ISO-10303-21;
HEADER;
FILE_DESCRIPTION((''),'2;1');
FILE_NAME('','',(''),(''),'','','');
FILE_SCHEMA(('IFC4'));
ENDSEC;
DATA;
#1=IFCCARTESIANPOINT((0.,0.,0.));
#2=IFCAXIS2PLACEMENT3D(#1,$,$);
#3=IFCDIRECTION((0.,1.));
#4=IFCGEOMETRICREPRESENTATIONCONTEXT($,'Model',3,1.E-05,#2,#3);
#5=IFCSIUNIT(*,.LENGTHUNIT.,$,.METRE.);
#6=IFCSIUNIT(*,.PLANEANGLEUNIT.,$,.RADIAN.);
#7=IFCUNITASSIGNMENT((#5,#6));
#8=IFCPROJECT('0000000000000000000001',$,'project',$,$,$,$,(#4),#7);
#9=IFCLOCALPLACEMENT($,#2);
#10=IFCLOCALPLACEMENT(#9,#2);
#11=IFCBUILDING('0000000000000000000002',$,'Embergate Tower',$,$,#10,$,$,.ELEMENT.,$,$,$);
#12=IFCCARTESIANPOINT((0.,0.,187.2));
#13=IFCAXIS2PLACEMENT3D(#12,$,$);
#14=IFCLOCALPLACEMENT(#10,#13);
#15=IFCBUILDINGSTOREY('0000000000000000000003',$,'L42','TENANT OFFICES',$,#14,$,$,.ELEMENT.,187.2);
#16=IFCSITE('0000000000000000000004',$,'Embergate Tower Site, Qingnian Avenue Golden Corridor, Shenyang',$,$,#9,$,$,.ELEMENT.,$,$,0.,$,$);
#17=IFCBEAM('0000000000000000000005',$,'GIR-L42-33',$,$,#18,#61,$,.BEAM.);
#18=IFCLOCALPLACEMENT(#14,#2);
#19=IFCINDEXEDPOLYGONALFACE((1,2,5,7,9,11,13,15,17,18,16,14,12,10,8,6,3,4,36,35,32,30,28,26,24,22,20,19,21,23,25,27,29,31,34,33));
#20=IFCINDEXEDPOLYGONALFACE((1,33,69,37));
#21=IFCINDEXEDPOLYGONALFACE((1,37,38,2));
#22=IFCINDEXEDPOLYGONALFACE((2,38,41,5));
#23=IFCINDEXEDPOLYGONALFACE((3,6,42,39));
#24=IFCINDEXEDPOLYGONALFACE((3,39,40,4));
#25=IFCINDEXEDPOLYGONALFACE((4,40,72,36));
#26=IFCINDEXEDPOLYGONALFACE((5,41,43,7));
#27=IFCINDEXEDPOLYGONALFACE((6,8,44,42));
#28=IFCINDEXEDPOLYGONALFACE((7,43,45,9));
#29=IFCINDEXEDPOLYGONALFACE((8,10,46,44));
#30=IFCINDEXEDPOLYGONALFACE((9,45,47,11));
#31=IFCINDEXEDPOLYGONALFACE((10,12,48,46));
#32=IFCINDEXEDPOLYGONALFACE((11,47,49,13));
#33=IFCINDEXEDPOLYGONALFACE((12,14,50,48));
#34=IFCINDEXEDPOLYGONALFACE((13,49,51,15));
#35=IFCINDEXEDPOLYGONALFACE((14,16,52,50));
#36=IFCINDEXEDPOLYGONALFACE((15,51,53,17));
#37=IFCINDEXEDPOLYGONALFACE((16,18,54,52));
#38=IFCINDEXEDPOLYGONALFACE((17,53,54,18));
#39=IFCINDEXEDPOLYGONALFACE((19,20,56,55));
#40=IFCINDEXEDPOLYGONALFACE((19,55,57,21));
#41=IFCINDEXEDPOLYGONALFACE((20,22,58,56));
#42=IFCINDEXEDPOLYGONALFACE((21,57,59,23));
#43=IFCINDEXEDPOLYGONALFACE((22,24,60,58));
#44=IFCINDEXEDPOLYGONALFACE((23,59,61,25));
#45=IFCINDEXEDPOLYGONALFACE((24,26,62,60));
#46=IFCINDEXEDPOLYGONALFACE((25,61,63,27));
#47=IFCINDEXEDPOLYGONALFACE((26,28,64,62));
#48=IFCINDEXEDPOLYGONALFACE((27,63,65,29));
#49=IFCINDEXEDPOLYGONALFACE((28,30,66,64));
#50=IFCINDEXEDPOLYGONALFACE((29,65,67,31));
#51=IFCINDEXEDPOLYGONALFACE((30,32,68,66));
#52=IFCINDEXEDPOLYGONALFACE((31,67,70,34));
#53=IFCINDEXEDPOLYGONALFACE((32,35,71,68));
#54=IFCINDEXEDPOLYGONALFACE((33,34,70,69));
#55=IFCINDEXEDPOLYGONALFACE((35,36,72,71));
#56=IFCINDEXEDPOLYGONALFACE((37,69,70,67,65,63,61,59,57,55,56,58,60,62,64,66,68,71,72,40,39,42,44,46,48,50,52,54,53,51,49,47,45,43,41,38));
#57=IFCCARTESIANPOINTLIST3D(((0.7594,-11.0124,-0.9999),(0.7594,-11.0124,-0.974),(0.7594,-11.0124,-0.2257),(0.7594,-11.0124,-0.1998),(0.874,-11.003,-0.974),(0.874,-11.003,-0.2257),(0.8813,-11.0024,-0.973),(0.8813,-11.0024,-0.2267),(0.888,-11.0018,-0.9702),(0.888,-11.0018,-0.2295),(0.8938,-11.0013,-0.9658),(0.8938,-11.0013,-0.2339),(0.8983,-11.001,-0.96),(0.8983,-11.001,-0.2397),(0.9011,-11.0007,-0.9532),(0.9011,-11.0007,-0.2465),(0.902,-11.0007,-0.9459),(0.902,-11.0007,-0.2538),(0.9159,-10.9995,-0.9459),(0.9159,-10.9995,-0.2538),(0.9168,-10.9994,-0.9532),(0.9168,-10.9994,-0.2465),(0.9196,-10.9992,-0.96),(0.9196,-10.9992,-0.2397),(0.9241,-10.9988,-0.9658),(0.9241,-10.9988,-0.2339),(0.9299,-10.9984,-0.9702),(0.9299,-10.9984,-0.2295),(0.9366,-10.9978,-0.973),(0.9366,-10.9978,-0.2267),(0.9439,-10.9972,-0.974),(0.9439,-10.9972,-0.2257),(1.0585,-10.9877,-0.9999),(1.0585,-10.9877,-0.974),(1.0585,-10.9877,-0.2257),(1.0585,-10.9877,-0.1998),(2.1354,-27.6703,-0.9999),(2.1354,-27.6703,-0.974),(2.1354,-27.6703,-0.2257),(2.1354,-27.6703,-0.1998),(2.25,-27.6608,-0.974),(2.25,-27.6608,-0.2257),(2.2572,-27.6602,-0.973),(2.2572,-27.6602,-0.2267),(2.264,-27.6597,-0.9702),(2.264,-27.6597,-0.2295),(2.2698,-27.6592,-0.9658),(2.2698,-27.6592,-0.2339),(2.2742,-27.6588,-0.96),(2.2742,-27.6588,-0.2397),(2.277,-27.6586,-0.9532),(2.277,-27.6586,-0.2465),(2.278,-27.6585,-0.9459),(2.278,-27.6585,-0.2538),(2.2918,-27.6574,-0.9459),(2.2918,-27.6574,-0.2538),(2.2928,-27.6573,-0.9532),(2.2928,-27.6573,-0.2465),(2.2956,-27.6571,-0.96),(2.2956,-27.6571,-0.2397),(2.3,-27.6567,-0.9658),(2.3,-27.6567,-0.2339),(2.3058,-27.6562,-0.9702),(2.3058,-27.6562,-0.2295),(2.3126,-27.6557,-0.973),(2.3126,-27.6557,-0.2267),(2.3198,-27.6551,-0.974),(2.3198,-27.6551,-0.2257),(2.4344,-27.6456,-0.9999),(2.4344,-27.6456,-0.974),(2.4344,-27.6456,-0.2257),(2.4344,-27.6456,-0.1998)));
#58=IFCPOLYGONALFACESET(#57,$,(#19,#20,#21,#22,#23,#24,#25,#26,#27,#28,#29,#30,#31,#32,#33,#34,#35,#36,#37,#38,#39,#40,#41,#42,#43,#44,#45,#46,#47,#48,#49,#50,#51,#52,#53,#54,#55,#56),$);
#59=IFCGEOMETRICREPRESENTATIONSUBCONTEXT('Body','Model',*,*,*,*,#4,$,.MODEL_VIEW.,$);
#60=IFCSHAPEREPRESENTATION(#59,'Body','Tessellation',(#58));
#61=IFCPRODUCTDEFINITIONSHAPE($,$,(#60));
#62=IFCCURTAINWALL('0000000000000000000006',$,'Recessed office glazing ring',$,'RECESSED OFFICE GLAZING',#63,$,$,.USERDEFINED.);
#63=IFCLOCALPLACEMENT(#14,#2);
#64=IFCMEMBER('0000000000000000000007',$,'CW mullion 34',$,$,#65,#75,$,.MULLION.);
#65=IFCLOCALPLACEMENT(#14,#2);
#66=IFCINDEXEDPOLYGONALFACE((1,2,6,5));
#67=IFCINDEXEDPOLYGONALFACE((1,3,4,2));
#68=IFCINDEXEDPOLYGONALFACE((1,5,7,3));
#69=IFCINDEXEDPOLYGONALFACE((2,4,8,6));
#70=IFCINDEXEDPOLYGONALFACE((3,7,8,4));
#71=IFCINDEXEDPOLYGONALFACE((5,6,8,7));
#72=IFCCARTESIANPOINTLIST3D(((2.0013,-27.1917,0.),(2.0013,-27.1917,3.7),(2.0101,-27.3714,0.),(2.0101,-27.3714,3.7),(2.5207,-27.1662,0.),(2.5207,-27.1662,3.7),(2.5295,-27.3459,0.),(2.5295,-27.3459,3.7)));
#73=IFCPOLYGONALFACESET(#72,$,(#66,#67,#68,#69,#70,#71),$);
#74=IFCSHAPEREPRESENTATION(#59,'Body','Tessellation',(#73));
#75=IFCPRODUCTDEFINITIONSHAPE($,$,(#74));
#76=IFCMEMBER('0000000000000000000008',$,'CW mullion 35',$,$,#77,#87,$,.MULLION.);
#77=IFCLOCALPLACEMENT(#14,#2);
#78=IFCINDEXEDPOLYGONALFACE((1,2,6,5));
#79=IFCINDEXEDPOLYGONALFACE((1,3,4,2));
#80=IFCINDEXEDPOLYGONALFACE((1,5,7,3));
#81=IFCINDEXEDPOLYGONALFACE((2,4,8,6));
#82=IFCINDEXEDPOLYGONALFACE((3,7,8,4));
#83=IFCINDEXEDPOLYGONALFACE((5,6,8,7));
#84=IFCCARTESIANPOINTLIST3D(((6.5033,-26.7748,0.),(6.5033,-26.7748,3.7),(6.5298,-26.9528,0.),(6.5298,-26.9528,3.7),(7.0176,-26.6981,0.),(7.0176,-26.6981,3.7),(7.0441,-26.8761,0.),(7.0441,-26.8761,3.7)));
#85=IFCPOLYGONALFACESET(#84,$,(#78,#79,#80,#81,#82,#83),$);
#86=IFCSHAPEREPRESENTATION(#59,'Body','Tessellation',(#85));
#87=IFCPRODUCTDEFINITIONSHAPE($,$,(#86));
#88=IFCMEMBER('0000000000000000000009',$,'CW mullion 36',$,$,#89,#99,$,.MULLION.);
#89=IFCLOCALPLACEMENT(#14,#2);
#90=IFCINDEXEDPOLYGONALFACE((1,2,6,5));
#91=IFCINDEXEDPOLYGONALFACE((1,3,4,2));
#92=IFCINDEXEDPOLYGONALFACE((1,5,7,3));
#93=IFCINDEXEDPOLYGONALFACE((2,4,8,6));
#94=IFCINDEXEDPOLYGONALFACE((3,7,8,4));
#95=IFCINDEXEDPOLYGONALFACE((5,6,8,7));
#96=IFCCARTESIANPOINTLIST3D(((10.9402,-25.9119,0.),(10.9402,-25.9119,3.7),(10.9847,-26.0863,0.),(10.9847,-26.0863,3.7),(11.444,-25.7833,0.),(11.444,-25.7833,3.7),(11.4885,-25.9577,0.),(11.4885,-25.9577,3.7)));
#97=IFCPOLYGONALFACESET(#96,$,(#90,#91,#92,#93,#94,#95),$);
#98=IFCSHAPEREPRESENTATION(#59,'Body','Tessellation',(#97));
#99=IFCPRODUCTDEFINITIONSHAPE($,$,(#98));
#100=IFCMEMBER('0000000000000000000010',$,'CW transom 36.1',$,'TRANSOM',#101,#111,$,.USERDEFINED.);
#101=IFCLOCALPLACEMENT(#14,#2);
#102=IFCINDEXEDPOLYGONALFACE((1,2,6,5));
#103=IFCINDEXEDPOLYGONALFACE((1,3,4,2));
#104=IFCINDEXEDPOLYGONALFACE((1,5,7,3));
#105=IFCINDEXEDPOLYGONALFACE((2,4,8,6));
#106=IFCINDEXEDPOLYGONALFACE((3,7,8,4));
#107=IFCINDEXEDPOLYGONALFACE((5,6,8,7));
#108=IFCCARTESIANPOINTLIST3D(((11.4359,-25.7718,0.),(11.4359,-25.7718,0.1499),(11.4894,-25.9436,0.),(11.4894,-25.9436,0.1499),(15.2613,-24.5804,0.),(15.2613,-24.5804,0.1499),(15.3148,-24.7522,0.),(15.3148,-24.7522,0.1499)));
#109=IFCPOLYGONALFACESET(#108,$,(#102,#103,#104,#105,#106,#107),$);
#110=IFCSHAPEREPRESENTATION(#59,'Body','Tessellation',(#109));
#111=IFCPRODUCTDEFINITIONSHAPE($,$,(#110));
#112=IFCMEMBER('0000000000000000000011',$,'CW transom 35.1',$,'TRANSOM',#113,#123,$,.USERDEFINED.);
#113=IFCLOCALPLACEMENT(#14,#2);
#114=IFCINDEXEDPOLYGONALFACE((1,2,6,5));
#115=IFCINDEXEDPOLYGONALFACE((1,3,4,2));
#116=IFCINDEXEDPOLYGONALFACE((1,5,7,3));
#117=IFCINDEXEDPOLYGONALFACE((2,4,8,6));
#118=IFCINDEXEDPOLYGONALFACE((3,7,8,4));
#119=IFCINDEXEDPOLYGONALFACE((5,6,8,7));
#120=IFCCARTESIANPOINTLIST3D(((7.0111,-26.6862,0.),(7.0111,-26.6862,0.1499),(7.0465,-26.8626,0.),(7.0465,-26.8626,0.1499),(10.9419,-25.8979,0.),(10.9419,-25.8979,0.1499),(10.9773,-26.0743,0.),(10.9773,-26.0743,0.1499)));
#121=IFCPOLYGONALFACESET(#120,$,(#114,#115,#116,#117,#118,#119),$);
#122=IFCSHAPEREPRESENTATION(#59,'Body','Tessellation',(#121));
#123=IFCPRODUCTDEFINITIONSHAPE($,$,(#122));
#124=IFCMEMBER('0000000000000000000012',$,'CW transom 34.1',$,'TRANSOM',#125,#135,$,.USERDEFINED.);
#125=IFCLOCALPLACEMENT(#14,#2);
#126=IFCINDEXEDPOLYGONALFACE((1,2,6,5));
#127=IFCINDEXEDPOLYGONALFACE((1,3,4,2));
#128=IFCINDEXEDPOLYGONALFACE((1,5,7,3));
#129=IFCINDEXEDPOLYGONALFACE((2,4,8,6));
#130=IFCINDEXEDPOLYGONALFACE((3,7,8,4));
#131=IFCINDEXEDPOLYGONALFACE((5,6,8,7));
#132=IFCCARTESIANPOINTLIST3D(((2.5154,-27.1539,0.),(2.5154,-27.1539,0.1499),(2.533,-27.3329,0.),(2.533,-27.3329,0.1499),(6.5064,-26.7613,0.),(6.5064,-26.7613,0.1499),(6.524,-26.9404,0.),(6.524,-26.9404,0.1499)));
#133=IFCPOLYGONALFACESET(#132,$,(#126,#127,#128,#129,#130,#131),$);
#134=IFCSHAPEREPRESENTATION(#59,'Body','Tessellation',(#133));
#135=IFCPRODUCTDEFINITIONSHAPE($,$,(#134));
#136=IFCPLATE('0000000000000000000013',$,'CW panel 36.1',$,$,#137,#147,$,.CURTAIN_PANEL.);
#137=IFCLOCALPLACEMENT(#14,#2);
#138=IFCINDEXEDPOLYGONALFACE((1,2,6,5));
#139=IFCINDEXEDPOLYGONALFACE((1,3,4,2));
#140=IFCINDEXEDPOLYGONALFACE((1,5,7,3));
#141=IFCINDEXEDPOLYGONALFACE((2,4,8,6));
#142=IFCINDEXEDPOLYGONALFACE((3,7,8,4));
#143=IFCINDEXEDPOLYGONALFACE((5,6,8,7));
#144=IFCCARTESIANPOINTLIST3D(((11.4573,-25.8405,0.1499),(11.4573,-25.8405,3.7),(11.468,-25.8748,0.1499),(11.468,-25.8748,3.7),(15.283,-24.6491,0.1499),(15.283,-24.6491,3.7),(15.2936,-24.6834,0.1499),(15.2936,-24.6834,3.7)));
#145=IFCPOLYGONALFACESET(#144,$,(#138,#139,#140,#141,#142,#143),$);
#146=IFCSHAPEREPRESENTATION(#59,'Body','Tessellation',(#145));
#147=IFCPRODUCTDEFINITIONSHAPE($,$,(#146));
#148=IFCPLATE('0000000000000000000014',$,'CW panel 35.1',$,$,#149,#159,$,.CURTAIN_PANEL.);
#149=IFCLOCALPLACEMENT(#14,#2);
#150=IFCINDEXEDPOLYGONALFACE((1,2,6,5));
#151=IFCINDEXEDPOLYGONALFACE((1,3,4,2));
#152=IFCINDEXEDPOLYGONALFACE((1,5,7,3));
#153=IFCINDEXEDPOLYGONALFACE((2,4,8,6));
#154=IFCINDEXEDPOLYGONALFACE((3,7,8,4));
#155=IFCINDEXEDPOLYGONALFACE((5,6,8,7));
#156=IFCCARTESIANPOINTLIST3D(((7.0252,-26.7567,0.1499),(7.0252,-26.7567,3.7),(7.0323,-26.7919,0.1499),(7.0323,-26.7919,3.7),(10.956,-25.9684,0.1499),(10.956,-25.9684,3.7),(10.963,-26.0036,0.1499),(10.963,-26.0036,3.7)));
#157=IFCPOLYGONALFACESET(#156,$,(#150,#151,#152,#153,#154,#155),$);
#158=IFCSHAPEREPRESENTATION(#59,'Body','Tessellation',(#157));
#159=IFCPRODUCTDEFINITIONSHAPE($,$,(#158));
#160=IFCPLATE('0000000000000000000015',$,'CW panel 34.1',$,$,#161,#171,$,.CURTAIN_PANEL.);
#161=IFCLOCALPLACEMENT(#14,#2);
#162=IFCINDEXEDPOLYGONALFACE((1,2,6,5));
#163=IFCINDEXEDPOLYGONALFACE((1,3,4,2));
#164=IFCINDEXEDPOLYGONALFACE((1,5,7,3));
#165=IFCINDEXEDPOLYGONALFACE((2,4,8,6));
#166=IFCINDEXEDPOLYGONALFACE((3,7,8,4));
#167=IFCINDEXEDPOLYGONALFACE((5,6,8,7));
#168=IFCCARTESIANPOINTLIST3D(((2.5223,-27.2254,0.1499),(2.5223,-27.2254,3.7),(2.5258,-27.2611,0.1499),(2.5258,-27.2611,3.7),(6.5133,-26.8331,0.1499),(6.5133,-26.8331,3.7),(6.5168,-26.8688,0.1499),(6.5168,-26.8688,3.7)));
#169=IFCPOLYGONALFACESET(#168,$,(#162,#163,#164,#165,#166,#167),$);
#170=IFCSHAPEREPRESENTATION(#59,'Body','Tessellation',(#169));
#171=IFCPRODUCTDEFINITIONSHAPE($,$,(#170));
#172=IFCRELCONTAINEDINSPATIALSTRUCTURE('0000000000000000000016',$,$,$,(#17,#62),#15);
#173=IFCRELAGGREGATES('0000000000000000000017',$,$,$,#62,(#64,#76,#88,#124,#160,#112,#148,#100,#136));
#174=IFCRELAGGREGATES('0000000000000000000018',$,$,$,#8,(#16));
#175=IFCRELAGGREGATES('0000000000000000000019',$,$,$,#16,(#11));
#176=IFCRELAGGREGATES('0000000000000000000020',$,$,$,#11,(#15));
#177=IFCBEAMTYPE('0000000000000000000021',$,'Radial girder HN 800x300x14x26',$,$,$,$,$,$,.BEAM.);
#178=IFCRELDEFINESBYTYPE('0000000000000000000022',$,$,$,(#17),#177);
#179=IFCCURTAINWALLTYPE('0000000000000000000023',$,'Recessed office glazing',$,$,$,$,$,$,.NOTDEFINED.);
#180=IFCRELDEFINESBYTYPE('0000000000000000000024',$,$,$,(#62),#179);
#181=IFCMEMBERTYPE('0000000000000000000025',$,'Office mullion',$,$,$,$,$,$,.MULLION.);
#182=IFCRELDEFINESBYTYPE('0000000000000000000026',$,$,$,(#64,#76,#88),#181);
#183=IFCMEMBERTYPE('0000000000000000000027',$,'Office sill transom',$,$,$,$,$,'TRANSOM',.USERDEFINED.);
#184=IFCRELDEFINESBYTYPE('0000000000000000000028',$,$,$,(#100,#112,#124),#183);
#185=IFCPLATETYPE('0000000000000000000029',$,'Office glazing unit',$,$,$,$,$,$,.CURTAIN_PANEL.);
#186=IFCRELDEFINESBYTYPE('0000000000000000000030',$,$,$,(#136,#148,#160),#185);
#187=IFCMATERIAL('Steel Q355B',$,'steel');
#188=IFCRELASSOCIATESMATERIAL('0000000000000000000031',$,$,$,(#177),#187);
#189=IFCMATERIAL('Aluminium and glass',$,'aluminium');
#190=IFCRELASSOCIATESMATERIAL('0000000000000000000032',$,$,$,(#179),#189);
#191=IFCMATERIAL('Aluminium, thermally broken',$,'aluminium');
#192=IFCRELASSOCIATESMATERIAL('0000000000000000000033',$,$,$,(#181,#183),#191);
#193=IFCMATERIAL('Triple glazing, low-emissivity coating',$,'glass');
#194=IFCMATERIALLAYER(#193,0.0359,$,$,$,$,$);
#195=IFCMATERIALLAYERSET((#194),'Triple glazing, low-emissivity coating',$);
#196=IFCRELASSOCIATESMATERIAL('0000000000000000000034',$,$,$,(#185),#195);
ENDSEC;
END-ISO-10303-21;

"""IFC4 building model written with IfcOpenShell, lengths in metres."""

from ifc_helpers import new_model, si_unit, direction, frame, origin, origin_2d, place, context, subcontext, project, spatial, rectangle, i_section, extrude, source, transform, mapped, material, layer, layer_set, material_profile, profile_set, type_object, element, aggregate, save


model = new_model("IFC4")

# Units and contexts
model_context = context("Model", 3, precision=1e-05, world=origin(), true_north=direction((0.0, 1.0)))
body_context = subcontext(model_context, "Body", "Model", "MODEL_VIEW")
ifc_project = project(units=[si_unit("LENGTHUNIT", "METRE"), si_unit("PLANEANGLEUNIT", "RADIAN")], contexts=[model_context])

# Site, building, storey
site_placement = place(None, origin())
site = spatial("IfcSite", under=ifc_project, at=site_placement, Name="Embergate Tower Site, Qingnian Avenue Golden Corridor, Shenyang", CompositionType="ELEMENT", RefElevation=0.0)
building_placement = place(site_placement, origin())
building = spatial("IfcBuilding", under=site, at=building_placement, Name="Embergate Tower", CompositionType="ELEMENT")
storey_placement = place(building_placement, frame((0.0, 0.0, 187.2)))
storey = spatial("IfcBuildingStorey", under=building, at=storey_placement, Name="L42", Description="TENANT OFFICES", CompositionType="ELEMENT", Elevation=187.2)

# Beam
ifc_material_1 = material(Name="Steel Q355B", Category="steel")
ifc_material_profile_1 = material_profile(ifc_material_1, i_section(OverallWidth=0.3, OverallDepth=0.8, WebThickness=0.0139, FlangeThickness=0.0259, FilletRadius=0.0281, at=origin_2d()), Name="HN 800x300x14x26")
ifc_profile_set_1 = profile_set([ifc_material_profile_1], Name="Steel Q355 grade B")
beam_type_1 = type_object("IfcBeamType", Name="Radial girder HN 800x300x14x26", PredefinedType="BEAM", material=ifc_profile_set_1)
shared_shape_1 = source(origin(), body_context, "Body", "SweptSolid", [
    extrude(i_section(OverallWidth=0.3, OverallDepth=0.8, WebThickness=0.0139, FlangeThickness=0.0259, FilletRadius=0.0281, at=origin_2d()), origin(), (0.0, 0.0, 1.0), 16.7146),
])
beam_1_placement = place(storey_placement, frame((2.2849, -27.658, -0.5999), z_axis=(-0.082321, 0.996606, 0.0), x_axis=(-0.996606, -0.082321, 0.0)))
element("IfcBeam", 1, at=beam_1_placement, inside=storey, type_object=beam_type_1, Name="GIR-L42-33", PredefinedType="BEAM", context=body_context, shape_type="MappedRepresentation", body=[
    mapped(shared_shape_1, transform((0.0, 0.0, 0.0))),
])

# Curtain wall, members, plates
ifc_material_2 = material(Name="Aluminium and glass", Category="aluminium")
curtain_wall_type = type_object("IfcCurtainWallType", Name="Recessed office glazing", PredefinedType="NOTDEFINED", material=ifc_material_2)
curtain_wall_placement = place(storey_placement, origin())
curtain_wall = element("IfcCurtainWall", 2, at=curtain_wall_placement, inside=storey, type_object=curtain_wall_type, Name="Recessed office glazing ring", ObjectType="RECESSED OFFICE GLAZING", PredefinedType="USERDEFINED")
ifc_material_3 = material(Name="Aluminium, thermally broken", Category="aluminium")
ifc_material_profile_2 = material_profile(ifc_material_3, rectangle(XDim=0.1799, YDim=0.52, at=origin_2d()), Name="AL 520x180")
ifc_profile_set_2 = profile_set([ifc_material_profile_2], Name="Aluminium, thermally broken")
member_type_1 = type_object("IfcMemberType", Name="Office mullion", PredefinedType="MULLION", material=ifc_profile_set_2)
shared_shape_2 = source(origin(), body_context, "Body", "SweptSolid", [
    extrude(rectangle(XDim=0.1799, YDim=0.52, at=origin_2d()), origin(), (0.0, 0.0, 1.0), 3.7),
])
member_1_placement = place(storey_placement, frame((2.2654, -27.2688, 0.0), z_axis=(0.0, 0.0, 1.0), x_axis=(-0.048972, 0.9988, 0.0)))
member_1 = element("IfcMember", 3, at=member_1_placement, type_object=member_type_1, Name="CW mullion 34", PredefinedType="MULLION", context=body_context, shape_type="MappedRepresentation", body=[
    mapped(shared_shape_2, transform((0.0, 0.0, 0.0))),
])
member_2_placement = place(storey_placement, frame((6.7737, -26.8254, 0.0), z_axis=(0.0, 0.0, 1.0), x_axis=(-0.147412, 0.989075, 0.0)))
member_2 = element("IfcMember", 4, at=member_2_placement, type_object=member_type_1, Name="CW mullion 35", PredefinedType="MULLION", context=body_context, shape_type="MappedRepresentation", body=[
    mapped(shared_shape_2, transform((0.0, 0.0, 0.0))),
])
member_3_placement = place(storey_placement, frame((11.2144, -25.9348, 0.0), z_axis=(0.0, 0.0, 1.0), x_axis=(-0.247314, 0.968935, 0.0)))
member_3 = element("IfcMember", 5, at=member_3_placement, type_object=member_type_1, Name="CW mullion 36", PredefinedType="MULLION", context=body_context, shape_type="MappedRepresentation", body=[
    mapped(shared_shape_2, transform((0.0, 0.0, 0.0))),
])
ifc_material_profile_3 = material_profile(ifc_material_3, rectangle(XDim=0.1799, YDim=0.1499, at=origin_2d()), Name="AL 150x180")
ifc_profile_set_3 = profile_set([ifc_material_profile_3], Name="Aluminium, thermally broken")
member_type_2 = type_object("IfcMemberType", Name="Office sill transom", ElementType="TRANSOM", PredefinedType="USERDEFINED", material=ifc_profile_set_3)
shared_shape_3 = source(origin(), body_context, "Body", "SweptSolid", [
    extrude(rectangle(XDim=0.1799, YDim=0.1499, at=origin_2d()), origin(), (0.0, 0.0, 1.0), 4.0066),
])
member_4_placement = place(storey_placement, frame((11.4626, -25.8577, 0.075), z_axis=(0.954767, 0.297355, 0.0), x_axis=(-0.297355, 0.954767, 0.0)))
member_4 = element("IfcMember", 6, at=member_4_placement, type_object=member_type_2, Name="CW transom 36.1", ObjectType="TRANSOM", PredefinedType="USERDEFINED", context=body_context, shape_type="MappedRepresentation", body=[
    mapped(shared_shape_3, transform((0.0, 0.0, 0.0))),
])
shared_shape_4 = source(origin(), body_context, "Body", "SweptSolid", [
    extrude(rectangle(XDim=0.1799, YDim=0.1499, at=origin_2d()), origin(), (0.0, 0.0, 1.0), 4.009),
])
member_5_placement = place(storey_placement, frame((7.0288, -26.7744, 0.075), z_axis=(0.980475, 0.196643, 0.0), x_axis=(-0.196643, 0.980475, 0.0)))
member_5 = element("IfcMember", 7, at=member_5_placement, type_object=member_type_2, Name="CW transom 35.1", ObjectType="TRANSOM", PredefinedType="USERDEFINED", context=body_context, shape_type="MappedRepresentation", body=[
    mapped(shared_shape_4, transform((0.0, 0.0, 0.0))),
])
shared_shape_5 = source(origin(), body_context, "Body", "SweptSolid", [
    extrude(rectangle(XDim=0.1799, YDim=0.1499, at=origin_2d()), origin(), (0.0, 0.0, 1.0), 4.0103),
])
member_6_placement = place(storey_placement, frame((2.5242, -27.2434, 0.075), z_axis=(0.995197, 0.097894, 0.0), x_axis=(-0.097894, 0.995197, 0.0)))
member_6 = element("IfcMember", 8, at=member_6_placement, type_object=member_type_2, Name="CW transom 34.1", ObjectType="TRANSOM", PredefinedType="USERDEFINED", context=body_context, shape_type="MappedRepresentation", body=[
    mapped(shared_shape_5, transform((0.0, 0.0, 0.0))),
])
ifc_material_4 = material(Name="Triple glazing, low-emissivity coating", Category="glass")
ifc_layer_1 = layer(ifc_material_4, 0.0359)
ifc_layer_set_1 = layer_set([ifc_layer_1], Name="Triple glazing, low-emissivity coating")
plate_type = type_object("IfcPlateType", Name="Office glazing unit", PredefinedType="CURTAIN_PANEL", material=ifc_layer_set_1)
shared_shape_6 = source(origin(), body_context, "Body", "SweptSolid", [
    extrude(rectangle(XDim=4.0068, YDim=0.0359, at=origin_2d()), origin(), (0.0, 0.0, 1.0), 3.55),
])
plate_1_placement = place(storey_placement, frame((13.3755, -25.262, 0.1499), z_axis=(0.0, 0.0, 1.0), x_axis=(0.954771, 0.297342, 0.0)))
plate_1 = element("IfcPlate", 9, at=plate_1_placement, type_object=plate_type, Name="CW panel 36.1", PredefinedType="CURTAIN_PANEL", context=body_context, shape_type="MappedRepresentation", body=[
    mapped(shared_shape_6, transform((0.0, 0.0, 0.0))),
])
shared_shape_7 = source(origin(), body_context, "Body", "SweptSolid", [
    extrude(rectangle(XDim=4.009, YDim=0.0359, at=origin_2d()), origin(), (0.0, 0.0, 1.0), 3.55),
])
plate_2_placement = place(storey_placement, frame((8.9941, -26.3801, 0.1499), z_axis=(0.0, 0.0, 1.0), x_axis=(0.980476, 0.196641, 0.0)))
plate_2 = element("IfcPlate", 10, at=plate_2_placement, type_object=plate_type, Name="CW panel 35.1", PredefinedType="CURTAIN_PANEL", context=body_context, shape_type="MappedRepresentation", body=[
    mapped(shared_shape_7, transform((0.0, 0.0, 0.0))),
])
shared_shape_8 = source(origin(), body_context, "Body", "SweptSolid", [
    extrude(rectangle(XDim=4.0103, YDim=0.0359, at=origin_2d()), origin(), (0.0, 0.0, 1.0), 3.55),
])
plate_3_placement = place(storey_placement, frame((4.5195, -27.0471, 0.1499), z_axis=(0.0, 0.0, 1.0), x_axis=(0.995203, 0.09783, 0.0)))
plate_3 = element("IfcPlate", 11, at=plate_3_placement, type_object=plate_type, Name="CW panel 34.1", PredefinedType="CURTAIN_PANEL", context=body_context, shape_type="MappedRepresentation", body=[
    mapped(shared_shape_8, transform((0.0, 0.0, 0.0))),
])
aggregate(curtain_wall, [member_1, member_2, member_3, member_6, plate_3, member_5, plate_2, member_4, plate_1])

save(model, "model.ifc")
